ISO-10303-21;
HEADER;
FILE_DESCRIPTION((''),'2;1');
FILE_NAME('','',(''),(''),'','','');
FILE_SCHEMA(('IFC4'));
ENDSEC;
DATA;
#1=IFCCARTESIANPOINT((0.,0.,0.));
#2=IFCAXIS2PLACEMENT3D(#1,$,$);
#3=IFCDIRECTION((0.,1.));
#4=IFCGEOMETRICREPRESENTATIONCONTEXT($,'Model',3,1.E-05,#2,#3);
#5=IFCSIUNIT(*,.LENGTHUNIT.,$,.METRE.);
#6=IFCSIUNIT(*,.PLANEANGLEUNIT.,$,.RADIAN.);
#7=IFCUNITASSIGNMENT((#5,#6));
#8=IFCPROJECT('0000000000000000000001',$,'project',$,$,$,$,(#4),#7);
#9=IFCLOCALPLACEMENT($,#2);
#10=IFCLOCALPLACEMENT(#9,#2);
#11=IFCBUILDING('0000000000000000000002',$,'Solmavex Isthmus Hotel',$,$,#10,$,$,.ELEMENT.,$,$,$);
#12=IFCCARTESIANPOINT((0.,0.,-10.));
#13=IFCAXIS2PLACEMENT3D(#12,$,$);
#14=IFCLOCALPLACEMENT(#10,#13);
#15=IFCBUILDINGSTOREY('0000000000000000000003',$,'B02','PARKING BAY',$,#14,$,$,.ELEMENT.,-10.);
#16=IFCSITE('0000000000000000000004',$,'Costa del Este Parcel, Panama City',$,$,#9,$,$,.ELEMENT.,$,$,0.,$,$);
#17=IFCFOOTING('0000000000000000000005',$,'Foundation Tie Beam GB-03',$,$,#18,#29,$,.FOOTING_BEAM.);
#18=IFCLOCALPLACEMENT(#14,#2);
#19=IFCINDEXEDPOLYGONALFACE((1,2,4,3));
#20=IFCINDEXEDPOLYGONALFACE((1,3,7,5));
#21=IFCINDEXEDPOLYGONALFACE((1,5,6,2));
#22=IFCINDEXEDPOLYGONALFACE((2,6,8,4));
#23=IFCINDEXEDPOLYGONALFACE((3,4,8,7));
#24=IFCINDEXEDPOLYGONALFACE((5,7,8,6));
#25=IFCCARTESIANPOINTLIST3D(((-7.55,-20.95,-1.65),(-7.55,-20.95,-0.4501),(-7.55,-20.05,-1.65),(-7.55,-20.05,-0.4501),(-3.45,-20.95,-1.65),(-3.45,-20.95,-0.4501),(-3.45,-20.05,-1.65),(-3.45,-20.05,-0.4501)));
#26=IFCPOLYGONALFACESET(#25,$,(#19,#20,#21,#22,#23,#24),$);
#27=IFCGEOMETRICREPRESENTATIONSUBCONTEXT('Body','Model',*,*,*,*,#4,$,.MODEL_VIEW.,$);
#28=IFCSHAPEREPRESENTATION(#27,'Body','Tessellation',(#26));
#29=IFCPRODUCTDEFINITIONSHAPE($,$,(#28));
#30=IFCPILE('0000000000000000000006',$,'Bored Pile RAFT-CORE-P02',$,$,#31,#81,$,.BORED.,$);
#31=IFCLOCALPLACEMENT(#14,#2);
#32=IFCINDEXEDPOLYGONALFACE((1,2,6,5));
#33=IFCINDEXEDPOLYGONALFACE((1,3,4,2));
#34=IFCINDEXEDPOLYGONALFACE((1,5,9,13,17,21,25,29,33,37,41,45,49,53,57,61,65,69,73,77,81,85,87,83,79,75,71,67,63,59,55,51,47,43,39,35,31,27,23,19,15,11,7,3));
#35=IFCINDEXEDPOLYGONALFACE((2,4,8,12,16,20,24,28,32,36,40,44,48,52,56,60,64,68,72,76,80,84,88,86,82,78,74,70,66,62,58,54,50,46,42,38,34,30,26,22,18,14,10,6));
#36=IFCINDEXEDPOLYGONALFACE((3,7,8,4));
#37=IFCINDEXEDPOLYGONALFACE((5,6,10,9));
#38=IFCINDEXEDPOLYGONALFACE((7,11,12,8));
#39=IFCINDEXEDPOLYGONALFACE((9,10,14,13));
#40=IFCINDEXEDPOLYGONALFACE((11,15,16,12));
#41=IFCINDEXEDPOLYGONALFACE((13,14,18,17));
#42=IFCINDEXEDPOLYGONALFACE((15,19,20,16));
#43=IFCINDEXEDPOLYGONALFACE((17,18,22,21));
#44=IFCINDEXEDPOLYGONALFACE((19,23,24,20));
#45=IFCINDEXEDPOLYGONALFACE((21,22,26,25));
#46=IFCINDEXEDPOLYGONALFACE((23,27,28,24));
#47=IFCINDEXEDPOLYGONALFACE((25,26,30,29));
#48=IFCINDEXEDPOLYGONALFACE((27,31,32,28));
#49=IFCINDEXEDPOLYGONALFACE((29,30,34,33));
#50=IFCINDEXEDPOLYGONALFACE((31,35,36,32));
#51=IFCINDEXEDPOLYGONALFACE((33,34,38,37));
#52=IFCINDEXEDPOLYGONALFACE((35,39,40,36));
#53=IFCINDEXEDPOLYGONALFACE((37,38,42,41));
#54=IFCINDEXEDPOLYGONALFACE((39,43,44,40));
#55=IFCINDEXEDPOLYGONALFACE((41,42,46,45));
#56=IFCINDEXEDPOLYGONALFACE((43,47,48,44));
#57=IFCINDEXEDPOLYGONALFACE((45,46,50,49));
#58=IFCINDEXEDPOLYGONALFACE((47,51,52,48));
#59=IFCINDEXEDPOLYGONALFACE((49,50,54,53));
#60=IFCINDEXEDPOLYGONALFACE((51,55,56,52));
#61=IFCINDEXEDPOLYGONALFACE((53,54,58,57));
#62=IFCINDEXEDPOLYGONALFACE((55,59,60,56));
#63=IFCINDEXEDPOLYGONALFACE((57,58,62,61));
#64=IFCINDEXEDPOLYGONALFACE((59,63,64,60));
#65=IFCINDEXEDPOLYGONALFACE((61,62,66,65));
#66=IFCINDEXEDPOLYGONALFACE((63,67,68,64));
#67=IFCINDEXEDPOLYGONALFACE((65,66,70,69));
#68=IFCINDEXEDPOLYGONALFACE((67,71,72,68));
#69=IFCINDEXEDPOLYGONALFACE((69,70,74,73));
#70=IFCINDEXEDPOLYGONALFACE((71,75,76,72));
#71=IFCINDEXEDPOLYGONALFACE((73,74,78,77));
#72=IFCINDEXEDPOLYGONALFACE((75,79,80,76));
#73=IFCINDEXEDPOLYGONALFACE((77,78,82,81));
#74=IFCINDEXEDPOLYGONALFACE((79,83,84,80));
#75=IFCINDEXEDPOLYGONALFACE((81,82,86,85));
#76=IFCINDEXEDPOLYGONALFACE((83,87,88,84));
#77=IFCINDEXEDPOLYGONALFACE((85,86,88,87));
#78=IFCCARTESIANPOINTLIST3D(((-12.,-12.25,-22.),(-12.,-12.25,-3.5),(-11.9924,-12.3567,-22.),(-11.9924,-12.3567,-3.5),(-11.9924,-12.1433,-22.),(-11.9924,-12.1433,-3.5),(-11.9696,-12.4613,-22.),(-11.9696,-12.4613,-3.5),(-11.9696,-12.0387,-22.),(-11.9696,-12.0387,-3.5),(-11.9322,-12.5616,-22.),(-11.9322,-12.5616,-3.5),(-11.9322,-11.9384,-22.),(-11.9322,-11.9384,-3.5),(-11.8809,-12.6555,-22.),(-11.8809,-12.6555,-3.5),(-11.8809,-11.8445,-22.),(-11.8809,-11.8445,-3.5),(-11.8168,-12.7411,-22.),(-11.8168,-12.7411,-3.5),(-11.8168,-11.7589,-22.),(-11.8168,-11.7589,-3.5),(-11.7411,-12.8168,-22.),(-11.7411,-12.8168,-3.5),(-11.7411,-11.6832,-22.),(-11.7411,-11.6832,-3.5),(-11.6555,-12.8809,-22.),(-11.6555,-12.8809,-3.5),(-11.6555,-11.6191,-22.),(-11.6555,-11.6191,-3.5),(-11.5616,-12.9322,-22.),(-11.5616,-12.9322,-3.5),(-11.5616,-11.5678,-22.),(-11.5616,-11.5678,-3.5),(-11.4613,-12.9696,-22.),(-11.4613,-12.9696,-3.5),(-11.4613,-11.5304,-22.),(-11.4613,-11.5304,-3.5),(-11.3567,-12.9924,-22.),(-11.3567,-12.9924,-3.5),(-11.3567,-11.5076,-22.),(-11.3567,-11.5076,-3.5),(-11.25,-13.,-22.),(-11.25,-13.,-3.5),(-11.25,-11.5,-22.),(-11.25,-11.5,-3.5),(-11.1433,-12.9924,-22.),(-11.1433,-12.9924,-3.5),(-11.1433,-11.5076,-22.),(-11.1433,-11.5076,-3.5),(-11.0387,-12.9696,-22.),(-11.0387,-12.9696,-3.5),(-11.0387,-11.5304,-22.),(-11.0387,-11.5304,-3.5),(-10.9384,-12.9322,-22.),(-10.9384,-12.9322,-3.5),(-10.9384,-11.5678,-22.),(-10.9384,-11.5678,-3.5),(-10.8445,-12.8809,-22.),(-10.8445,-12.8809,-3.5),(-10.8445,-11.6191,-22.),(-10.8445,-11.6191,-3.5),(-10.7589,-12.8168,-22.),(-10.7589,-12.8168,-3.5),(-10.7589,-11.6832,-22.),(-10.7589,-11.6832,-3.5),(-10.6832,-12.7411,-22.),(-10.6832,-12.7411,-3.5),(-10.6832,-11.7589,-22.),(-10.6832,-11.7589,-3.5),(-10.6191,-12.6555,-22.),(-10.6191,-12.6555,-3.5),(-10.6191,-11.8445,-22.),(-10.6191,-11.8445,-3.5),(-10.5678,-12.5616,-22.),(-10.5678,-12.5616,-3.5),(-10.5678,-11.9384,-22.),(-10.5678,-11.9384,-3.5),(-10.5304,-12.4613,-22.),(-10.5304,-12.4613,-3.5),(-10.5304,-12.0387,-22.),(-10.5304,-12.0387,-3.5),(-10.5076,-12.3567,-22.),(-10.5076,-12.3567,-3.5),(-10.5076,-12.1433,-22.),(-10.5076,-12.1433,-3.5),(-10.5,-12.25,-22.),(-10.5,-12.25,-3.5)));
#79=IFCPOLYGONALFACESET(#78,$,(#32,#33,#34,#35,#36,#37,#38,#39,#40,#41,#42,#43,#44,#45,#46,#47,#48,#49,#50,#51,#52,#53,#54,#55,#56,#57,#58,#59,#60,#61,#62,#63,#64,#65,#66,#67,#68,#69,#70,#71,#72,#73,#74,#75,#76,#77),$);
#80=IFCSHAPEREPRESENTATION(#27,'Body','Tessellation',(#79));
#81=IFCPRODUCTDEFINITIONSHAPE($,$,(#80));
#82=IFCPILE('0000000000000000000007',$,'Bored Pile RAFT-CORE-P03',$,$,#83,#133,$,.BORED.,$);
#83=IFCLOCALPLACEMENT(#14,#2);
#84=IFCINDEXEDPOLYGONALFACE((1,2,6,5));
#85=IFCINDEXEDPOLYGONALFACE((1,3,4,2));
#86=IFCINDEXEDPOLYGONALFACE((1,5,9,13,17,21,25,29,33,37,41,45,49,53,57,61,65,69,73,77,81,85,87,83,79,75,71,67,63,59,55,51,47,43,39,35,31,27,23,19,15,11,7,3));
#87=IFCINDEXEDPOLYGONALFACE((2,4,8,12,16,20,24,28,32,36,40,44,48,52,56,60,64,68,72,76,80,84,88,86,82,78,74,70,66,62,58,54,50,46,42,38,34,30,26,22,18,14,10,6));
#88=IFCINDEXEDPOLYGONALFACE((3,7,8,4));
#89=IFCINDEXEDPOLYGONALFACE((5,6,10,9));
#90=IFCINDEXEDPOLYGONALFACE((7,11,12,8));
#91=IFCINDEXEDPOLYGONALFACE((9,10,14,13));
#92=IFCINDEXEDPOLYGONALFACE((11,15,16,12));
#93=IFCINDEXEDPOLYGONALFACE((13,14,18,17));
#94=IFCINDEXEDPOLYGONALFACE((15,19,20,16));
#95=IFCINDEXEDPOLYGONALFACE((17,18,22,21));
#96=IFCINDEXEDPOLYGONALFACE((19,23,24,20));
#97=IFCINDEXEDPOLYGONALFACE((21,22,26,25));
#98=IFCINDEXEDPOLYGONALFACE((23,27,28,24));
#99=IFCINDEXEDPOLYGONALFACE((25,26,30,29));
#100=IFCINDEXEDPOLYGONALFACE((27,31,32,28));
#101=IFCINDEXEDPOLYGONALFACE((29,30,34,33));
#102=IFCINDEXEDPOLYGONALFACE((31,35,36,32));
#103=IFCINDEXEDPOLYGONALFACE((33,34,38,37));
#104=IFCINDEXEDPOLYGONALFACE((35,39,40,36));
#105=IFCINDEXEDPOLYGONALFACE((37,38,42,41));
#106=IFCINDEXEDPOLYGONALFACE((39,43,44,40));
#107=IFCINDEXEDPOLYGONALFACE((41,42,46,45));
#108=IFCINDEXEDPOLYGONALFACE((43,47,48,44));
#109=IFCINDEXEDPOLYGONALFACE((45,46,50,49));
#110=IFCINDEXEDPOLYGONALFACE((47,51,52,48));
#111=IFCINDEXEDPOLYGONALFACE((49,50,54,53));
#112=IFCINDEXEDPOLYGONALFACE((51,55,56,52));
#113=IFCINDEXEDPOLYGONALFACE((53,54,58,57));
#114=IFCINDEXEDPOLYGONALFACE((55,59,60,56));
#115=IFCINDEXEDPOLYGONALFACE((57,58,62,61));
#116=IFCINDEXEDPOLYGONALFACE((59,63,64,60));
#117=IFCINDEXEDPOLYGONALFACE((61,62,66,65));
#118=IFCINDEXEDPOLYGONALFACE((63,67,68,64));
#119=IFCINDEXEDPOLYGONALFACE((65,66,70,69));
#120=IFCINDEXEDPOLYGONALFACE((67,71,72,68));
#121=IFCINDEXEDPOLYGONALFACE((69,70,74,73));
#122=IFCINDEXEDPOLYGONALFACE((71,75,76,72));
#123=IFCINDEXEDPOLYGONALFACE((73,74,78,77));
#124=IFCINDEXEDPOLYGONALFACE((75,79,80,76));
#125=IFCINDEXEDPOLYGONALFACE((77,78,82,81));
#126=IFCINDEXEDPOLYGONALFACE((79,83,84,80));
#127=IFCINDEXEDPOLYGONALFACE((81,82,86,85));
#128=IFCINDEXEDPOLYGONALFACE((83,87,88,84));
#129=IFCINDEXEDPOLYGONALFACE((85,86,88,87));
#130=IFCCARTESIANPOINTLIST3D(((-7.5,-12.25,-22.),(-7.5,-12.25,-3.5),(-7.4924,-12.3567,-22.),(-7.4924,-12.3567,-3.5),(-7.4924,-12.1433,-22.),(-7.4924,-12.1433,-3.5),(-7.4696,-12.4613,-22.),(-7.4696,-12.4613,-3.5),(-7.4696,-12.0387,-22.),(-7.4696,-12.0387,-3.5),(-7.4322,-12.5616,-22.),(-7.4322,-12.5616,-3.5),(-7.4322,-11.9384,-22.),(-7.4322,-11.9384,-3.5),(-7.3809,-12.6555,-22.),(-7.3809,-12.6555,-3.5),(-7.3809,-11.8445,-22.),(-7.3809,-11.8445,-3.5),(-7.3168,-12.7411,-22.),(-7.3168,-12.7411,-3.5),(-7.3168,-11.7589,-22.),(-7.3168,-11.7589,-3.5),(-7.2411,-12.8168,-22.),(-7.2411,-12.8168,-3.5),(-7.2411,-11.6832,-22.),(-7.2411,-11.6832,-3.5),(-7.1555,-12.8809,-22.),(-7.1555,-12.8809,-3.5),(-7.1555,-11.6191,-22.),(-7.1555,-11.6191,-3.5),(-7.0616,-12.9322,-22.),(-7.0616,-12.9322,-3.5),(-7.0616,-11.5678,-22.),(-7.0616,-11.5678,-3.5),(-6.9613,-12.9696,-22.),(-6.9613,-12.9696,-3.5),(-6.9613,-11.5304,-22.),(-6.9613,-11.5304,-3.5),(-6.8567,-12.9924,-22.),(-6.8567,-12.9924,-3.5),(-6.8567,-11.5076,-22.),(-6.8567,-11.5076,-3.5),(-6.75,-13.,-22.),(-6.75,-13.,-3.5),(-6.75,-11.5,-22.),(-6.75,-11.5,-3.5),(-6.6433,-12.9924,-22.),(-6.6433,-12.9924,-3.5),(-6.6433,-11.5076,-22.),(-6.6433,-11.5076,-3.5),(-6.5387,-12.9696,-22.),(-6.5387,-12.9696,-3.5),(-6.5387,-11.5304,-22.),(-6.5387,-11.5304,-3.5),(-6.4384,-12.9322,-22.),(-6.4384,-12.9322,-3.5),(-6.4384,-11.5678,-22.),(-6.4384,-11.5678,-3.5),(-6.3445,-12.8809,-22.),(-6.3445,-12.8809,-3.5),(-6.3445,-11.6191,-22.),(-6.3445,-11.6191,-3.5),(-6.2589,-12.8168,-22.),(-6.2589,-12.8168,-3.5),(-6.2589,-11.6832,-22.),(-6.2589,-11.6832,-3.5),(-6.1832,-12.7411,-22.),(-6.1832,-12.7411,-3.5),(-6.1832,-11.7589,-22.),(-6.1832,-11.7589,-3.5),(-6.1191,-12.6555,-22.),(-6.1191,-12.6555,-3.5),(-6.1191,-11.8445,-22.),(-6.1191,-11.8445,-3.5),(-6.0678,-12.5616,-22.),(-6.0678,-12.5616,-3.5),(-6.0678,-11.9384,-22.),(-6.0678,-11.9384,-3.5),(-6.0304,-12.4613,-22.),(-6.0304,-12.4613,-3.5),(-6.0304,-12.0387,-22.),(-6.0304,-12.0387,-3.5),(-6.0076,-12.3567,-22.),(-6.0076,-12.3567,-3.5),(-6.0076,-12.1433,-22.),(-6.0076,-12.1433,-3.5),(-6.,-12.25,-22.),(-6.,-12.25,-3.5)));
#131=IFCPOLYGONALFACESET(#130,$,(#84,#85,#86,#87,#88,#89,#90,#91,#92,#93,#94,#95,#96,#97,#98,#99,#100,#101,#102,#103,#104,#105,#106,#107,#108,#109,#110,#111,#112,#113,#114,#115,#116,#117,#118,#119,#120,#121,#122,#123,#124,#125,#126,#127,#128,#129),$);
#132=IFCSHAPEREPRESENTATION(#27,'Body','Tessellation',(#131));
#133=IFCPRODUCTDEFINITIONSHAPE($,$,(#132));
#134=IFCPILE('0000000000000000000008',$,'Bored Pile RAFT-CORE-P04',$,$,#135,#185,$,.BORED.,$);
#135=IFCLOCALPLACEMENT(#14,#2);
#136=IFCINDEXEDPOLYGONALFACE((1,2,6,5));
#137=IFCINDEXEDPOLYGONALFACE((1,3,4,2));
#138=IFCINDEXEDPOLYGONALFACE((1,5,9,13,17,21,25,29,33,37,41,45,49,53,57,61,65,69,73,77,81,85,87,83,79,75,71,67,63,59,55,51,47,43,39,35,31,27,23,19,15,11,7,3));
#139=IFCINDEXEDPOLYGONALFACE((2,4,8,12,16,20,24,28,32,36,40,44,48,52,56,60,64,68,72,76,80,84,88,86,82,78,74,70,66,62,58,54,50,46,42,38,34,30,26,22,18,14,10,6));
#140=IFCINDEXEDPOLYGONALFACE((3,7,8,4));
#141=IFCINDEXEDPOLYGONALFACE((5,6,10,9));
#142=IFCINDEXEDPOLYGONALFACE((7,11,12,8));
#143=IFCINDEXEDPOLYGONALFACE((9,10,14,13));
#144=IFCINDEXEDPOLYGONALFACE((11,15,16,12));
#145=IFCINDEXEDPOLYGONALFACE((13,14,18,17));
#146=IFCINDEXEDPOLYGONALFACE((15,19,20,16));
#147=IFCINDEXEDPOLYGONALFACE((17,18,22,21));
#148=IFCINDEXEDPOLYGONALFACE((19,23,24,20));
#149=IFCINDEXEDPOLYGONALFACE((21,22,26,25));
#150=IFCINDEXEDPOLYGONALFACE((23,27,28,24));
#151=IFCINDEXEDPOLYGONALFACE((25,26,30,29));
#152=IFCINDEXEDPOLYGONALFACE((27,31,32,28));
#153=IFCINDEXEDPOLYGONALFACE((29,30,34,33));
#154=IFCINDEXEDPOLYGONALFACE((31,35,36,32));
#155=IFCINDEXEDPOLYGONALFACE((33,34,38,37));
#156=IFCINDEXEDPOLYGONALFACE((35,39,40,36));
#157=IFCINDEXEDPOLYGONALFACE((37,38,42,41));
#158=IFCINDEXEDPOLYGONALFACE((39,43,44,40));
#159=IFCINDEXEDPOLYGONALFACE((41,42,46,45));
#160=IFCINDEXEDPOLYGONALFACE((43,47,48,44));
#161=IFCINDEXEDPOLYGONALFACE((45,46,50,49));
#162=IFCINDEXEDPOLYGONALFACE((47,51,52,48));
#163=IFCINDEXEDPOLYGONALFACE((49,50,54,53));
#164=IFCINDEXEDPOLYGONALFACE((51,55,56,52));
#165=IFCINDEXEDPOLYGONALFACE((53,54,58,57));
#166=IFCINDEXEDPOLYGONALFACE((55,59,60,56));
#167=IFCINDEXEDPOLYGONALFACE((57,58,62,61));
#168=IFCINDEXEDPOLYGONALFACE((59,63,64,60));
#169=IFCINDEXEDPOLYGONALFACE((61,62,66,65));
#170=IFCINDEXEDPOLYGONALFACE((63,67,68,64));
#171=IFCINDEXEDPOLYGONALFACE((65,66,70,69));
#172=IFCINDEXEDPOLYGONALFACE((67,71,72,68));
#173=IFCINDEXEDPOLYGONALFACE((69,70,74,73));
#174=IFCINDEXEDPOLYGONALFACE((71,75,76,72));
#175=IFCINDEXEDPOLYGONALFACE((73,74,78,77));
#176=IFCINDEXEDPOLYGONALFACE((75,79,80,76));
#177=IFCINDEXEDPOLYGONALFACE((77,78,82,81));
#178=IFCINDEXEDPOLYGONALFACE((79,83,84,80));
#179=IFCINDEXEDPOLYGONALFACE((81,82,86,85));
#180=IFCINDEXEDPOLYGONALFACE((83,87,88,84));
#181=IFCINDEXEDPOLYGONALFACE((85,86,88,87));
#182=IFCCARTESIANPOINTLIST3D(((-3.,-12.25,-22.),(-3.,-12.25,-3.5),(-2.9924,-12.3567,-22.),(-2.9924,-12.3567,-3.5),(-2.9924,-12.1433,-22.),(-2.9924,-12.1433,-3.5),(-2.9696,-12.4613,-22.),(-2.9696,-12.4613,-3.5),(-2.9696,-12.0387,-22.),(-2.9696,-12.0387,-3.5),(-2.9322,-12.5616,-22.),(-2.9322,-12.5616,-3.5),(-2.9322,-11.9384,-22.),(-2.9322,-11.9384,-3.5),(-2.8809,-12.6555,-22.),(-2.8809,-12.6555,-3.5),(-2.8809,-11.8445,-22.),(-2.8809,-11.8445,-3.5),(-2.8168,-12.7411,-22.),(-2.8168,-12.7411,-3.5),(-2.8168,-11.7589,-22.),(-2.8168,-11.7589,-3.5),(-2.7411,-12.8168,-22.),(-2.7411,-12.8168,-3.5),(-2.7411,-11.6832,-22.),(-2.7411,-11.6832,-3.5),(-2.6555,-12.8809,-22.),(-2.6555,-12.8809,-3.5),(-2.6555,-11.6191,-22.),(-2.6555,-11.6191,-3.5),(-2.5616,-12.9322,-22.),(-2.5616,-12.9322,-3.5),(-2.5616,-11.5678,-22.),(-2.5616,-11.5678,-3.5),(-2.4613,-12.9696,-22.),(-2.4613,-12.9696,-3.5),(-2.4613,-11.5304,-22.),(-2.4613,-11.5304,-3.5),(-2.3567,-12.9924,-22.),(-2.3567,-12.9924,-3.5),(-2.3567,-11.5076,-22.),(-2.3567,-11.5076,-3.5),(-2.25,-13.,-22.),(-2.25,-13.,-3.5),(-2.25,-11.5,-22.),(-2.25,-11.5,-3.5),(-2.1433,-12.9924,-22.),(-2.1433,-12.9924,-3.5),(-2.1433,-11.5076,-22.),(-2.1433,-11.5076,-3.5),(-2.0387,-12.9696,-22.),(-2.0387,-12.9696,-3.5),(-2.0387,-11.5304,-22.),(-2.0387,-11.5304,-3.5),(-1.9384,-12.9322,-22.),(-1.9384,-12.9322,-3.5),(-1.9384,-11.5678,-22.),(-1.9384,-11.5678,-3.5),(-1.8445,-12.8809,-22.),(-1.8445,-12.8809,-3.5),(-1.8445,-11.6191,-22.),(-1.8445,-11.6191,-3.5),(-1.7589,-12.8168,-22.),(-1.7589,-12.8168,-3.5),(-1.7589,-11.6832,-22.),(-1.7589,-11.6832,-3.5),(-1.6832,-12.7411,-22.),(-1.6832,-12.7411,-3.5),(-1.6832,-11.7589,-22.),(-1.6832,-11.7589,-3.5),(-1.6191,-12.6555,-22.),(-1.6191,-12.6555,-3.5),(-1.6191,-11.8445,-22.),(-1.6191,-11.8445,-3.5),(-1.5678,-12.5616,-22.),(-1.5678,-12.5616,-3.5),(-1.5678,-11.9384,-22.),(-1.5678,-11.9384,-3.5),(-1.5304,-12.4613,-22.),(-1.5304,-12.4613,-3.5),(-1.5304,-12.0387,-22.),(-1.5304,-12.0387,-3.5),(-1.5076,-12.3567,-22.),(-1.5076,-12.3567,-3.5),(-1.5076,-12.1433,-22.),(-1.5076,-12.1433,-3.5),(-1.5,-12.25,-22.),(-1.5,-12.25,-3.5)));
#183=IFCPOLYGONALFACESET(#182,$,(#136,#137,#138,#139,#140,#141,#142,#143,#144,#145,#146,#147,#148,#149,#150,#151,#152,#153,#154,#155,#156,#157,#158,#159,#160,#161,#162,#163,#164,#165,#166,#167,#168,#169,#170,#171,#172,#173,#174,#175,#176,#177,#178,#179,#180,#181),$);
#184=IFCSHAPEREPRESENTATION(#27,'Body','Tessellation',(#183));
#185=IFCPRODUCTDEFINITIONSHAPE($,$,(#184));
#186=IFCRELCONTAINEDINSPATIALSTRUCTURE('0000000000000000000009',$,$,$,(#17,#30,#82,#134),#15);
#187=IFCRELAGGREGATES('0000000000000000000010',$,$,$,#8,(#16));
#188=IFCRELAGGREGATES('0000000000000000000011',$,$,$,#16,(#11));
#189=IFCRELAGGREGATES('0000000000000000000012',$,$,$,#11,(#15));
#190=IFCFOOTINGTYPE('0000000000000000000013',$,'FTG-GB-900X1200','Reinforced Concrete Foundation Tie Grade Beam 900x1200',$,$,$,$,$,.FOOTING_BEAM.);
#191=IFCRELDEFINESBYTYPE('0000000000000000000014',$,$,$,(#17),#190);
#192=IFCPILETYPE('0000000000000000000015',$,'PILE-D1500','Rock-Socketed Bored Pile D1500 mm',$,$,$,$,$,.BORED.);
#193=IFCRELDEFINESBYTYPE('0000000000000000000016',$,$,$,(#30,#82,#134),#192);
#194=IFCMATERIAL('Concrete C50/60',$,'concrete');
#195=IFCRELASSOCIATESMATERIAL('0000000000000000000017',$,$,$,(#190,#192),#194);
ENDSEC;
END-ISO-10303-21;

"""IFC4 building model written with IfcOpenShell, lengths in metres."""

from ifc_helpers import new_model, si_unit, direction, frame, origin, origin_2d, place, context, subcontext, project, spatial, rectangle, circle, extrude, material, material_profile, profile_set, type_object, element, save


model = new_model("IFC4")

# Units and contexts
model_context = context("Model", 3, precision=1e-05, world=origin(), true_north=direction((0.0, 1.0)))
body_context = subcontext(model_context, "Body", "Model", "MODEL_VIEW")
ifc_project = project(units=[si_unit("LENGTHUNIT", "METRE"), si_unit("PLANEANGLEUNIT", "RADIAN")], contexts=[model_context])

# Site, building, storey
site_placement = place(None, origin())
site = spatial("IfcSite", under=ifc_project, at=site_placement, Name="Costa del Este Parcel, Panama City", CompositionType="ELEMENT", RefElevation=0.0)
building_placement = place(site_placement, origin())
building = spatial("IfcBuilding", under=site, at=building_placement, Name="Solmavex Isthmus Hotel", CompositionType="ELEMENT")
storey_placement = place(building_placement, frame((0.0, 0.0, -10.0)))
storey = spatial("IfcBuildingStorey", under=building, at=storey_placement, Name="B02", Description="PARKING BAY", CompositionType="ELEMENT", Elevation=-10.0)

# Footing
ifc_material_1 = material(Name="Concrete C50/60", Category="concrete")
footing_type = type_object("IfcFootingType", Name="FTG-GB-900X1200", Description="Reinforced Concrete Foundation Tie Grade Beam 900x1200", PredefinedType="FOOTING_BEAM", material=ifc_material_1)
footing_placement = place(storey_placement, frame((-7.55, -20.5, -1.05), z_axis=(1.0, 0.0, 0.0), x_axis=(0.0, 1.0, 0.0)))
element("IfcFooting", 1, at=footing_placement, inside=storey, type_object=footing_type, Name="Foundation Tie Beam GB-03", PredefinedType="FOOTING_BEAM", context=body_context, shape_type="SweptSolid", body=[
    extrude(rectangle(XDim=0.8999, YDim=1.2, at=origin_2d()), origin(), (0.0, 0.0, 1.0), 4.1001),
])

# Piles
ifc_material_profile_1 = material_profile(ifc_material_1, circle(Radius=0.75, at=origin_2d()), Name="PILE1500")
ifc_profile_set_1 = profile_set([ifc_material_profile_1], Name="Concrete C50/60")
pile_type = type_object("IfcPileType", Name="PILE-D1500", Description="Rock-Socketed Bored Pile D1500 mm", PredefinedType="BORED", material=ifc_profile_set_1)
for number, where, z_axis, x_axis, name in (
    (2, (-11.25, -12.25, -3.5), (0.0, 0.0, -1.0), (1.0, 0.0, 0.0), "Bored Pile RAFT-CORE-P02"),
    (3, (-6.75, -12.25, -3.5), (0.0, 0.0, -1.0), (1.0, 0.0, 0.0), "Bored Pile RAFT-CORE-P03"),
    (4, (-2.25, -12.25, -3.5), (0.0, 0.0, -1.0), (1.0, 0.0, 0.0), "Bored Pile RAFT-CORE-P04"),
):
    element("IfcPile", number, at=place(storey_placement, frame(where, z_axis=z_axis, x_axis=x_axis)), inside=storey, type_object=pile_type, Name=name, PredefinedType="BORED", context=body_context, shape_type="SweptSolid", body=[
        extrude(circle(Radius=0.75, at=origin_2d()), origin(), (0.0, 0.0, 1.0), 18.5),
    ])

save(model, "model.ifc")
